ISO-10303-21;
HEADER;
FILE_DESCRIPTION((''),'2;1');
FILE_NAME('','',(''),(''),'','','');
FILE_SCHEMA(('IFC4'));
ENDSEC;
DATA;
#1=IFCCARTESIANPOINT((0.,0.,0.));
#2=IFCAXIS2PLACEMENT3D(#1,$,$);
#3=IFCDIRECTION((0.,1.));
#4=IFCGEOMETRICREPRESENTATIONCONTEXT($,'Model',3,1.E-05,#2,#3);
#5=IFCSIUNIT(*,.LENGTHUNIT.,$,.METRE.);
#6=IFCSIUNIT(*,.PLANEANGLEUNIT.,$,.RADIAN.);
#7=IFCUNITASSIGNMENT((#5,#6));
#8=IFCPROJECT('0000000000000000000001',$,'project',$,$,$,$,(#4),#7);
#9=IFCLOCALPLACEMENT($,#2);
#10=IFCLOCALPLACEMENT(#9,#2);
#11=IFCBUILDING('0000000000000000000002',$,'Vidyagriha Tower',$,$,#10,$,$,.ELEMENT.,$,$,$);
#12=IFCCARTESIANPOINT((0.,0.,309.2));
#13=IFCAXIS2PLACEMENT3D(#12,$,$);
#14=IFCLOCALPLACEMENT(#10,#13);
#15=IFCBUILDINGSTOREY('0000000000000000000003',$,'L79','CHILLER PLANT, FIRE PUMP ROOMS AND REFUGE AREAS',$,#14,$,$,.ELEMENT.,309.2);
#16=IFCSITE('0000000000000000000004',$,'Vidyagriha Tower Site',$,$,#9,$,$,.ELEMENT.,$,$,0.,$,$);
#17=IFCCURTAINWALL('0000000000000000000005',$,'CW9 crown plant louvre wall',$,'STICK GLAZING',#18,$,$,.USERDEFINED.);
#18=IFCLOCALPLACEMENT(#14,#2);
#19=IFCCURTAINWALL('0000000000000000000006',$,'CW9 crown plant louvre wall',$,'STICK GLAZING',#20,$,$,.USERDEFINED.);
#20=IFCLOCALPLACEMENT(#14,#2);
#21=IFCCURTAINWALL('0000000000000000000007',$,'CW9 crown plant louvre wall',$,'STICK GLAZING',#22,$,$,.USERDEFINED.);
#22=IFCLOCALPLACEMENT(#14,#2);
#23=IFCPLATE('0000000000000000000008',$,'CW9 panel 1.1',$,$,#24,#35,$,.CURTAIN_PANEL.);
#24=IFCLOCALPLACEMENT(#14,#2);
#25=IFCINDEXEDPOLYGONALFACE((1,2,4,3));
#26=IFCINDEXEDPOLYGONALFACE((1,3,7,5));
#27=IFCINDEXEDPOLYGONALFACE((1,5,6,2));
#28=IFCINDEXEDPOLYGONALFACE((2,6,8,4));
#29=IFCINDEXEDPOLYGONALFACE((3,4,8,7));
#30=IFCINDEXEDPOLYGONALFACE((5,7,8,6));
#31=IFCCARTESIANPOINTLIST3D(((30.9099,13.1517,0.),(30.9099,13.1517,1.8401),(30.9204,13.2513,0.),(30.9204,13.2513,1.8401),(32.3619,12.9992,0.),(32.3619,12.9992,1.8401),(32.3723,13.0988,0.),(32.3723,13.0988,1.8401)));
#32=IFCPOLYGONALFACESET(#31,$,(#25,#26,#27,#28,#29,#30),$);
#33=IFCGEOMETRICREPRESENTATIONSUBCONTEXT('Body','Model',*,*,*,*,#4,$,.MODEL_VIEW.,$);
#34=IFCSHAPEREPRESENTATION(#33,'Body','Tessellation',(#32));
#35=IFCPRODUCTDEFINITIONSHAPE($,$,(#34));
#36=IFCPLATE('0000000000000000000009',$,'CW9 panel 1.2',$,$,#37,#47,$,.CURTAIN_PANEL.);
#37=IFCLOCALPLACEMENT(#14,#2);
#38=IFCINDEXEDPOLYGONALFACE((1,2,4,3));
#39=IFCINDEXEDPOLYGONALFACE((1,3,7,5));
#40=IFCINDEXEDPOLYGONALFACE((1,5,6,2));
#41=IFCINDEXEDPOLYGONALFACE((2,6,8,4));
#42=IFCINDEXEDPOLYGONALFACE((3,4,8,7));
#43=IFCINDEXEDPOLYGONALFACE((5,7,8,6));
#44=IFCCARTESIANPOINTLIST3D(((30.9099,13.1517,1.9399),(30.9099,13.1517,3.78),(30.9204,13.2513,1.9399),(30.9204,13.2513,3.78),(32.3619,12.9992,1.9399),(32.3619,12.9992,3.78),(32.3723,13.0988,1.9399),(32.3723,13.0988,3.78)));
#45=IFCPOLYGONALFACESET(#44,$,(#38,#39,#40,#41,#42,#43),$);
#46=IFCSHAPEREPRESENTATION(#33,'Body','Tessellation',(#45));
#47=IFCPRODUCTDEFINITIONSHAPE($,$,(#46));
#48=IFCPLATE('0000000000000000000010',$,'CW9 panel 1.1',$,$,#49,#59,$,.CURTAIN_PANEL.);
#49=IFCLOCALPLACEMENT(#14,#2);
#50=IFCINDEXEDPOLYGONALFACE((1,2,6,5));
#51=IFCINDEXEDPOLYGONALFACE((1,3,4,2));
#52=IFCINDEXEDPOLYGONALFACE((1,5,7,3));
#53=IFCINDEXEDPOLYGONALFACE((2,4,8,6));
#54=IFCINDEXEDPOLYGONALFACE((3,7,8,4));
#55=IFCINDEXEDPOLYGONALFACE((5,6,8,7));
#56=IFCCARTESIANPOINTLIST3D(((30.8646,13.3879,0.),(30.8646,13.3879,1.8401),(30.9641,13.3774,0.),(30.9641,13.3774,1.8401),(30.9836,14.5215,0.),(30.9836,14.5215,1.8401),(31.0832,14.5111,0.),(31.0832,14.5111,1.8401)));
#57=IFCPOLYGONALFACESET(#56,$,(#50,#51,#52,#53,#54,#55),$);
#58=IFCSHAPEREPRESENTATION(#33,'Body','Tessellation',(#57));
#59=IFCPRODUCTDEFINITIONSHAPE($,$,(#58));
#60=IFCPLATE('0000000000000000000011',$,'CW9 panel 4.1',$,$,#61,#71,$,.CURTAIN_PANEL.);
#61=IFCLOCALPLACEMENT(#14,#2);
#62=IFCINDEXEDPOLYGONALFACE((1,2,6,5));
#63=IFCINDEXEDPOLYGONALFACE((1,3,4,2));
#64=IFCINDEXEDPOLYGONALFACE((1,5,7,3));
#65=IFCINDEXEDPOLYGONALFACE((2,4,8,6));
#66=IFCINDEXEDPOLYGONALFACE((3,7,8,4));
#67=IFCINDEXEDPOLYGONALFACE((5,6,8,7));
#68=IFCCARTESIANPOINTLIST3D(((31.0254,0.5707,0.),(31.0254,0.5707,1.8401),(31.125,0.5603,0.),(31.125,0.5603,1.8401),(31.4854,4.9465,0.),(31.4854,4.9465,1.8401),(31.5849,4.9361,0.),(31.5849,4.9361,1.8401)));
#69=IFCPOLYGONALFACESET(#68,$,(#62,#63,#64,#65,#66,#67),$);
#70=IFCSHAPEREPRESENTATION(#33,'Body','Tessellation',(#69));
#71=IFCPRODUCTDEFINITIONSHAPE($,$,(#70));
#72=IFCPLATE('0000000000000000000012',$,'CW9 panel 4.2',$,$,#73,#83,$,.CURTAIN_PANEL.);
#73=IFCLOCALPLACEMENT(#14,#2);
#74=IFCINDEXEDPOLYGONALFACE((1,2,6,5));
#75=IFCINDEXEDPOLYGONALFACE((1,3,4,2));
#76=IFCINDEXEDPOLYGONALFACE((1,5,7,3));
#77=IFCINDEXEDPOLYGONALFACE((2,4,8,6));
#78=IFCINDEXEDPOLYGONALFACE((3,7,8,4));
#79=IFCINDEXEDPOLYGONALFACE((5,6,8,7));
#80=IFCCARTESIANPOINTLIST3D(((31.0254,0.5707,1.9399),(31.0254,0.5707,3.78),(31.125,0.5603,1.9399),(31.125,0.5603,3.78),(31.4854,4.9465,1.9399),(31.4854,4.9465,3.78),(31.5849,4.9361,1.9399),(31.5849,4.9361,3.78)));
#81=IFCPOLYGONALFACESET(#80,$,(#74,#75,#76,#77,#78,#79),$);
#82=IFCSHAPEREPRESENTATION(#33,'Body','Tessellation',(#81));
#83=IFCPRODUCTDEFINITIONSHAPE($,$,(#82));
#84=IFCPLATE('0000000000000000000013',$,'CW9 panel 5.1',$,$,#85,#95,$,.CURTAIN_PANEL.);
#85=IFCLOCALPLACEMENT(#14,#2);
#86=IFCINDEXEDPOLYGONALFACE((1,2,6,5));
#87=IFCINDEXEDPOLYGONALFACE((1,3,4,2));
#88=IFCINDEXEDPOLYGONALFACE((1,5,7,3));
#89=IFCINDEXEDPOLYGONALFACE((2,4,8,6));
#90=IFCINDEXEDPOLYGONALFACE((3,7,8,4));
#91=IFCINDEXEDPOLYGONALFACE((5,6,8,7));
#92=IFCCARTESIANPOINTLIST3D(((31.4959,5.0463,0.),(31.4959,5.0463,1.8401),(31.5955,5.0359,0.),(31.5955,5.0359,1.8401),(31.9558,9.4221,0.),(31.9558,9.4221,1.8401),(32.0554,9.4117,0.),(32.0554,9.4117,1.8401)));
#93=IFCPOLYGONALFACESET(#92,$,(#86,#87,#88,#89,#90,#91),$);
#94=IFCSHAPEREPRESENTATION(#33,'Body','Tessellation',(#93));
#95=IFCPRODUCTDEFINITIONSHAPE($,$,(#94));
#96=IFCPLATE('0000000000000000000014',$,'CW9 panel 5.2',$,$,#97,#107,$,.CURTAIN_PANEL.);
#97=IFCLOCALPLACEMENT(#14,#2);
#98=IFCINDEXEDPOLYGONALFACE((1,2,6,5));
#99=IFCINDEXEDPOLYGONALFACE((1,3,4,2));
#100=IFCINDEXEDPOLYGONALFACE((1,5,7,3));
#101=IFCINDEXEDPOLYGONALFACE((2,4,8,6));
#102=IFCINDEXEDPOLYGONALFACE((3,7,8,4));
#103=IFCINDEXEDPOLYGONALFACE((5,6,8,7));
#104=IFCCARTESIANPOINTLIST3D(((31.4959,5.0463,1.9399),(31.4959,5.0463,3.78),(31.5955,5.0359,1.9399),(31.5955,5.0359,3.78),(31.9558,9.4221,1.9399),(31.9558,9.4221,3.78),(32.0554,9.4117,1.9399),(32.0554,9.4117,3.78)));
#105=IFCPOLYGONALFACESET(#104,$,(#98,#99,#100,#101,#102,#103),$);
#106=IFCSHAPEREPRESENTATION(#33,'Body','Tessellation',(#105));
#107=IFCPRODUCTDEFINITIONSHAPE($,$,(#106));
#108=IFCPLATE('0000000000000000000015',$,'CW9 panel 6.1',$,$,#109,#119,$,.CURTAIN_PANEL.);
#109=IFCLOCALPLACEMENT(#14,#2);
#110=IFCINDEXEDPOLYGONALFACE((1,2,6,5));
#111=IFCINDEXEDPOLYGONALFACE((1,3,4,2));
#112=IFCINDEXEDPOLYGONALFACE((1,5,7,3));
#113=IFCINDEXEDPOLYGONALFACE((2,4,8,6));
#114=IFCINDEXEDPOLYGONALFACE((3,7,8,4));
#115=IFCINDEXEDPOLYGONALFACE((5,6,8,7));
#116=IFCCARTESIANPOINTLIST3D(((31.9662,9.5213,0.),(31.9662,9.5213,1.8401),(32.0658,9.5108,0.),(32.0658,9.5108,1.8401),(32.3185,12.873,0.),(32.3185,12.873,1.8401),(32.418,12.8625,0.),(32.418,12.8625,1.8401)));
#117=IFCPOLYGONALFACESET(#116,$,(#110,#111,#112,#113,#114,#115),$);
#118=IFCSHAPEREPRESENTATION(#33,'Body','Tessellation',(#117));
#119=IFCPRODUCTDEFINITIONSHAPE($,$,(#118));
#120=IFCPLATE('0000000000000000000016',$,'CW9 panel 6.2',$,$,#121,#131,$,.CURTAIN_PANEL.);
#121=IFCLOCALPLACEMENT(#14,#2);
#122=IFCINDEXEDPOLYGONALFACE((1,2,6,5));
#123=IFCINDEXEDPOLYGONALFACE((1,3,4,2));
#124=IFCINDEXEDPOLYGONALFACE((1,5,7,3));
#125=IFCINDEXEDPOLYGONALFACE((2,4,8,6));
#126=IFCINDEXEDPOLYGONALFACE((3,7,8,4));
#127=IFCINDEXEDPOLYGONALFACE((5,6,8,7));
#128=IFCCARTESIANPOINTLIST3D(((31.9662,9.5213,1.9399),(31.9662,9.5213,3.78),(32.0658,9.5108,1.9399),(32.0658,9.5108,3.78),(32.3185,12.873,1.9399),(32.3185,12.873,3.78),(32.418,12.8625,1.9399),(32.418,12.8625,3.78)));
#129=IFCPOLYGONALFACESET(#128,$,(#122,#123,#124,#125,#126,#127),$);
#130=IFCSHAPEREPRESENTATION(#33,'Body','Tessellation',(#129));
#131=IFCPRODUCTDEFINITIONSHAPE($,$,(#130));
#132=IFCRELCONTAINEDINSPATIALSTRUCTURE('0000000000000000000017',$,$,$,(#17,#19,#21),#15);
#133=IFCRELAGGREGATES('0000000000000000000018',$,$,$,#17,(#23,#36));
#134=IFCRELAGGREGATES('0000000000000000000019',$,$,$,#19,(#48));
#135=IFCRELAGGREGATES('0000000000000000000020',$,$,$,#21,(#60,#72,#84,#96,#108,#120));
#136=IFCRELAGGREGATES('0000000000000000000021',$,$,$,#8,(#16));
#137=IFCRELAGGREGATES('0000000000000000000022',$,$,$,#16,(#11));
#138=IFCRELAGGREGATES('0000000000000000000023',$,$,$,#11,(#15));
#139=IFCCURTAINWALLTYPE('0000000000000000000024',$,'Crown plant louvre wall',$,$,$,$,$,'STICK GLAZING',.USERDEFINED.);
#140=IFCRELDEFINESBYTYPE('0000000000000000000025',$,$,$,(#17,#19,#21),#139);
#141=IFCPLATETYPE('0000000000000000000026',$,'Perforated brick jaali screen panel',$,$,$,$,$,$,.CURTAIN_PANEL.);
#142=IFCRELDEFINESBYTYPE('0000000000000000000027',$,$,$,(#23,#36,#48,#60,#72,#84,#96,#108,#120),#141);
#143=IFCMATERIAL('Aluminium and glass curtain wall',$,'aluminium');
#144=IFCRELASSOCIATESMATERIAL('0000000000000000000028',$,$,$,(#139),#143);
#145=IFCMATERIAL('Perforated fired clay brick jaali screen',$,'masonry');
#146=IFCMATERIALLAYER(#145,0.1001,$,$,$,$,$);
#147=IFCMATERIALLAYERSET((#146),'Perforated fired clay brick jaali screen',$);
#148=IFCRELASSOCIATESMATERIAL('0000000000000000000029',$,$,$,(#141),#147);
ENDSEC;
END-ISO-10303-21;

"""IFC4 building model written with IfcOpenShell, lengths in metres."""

from ifc_helpers import new_model, si_unit, direction, frame, origin, origin_2d, place, context, subcontext, project, spatial, rectangle, extrude, material, layer, layer_set, type_object, element, aggregate, save


model = new_model("IFC4")

# Units and contexts
model_context = context("Model", 3, precision=1e-05, world=origin(), true_north=direction((0.0, 1.0)))
body_context = subcontext(model_context, "Body", "Model", "MODEL_VIEW")
ifc_project = project(units=[si_unit("LENGTHUNIT", "METRE"), si_unit("PLANEANGLEUNIT", "RADIAN")], contexts=[model_context])

# Site, building, storey
site_placement = place(None, origin())
site = spatial("IfcSite", under=ifc_project, at=site_placement, Name="Vidyagriha Tower Site", CompositionType="ELEMENT", RefElevation=0.0)
building_placement = place(site_placement, origin())
building = spatial("IfcBuilding", under=site, at=building_placement, Name="Vidyagriha Tower", CompositionType="ELEMENT")
storey_placement = place(building_placement, frame((0.0, 0.0, 309.2)))
storey = spatial("IfcBuildingStorey", under=building, at=storey_placement, Name="L79", Description="CHILLER PLANT, FIRE PUMP ROOMS AND REFUGE AREAS", CompositionType="ELEMENT", Elevation=309.2)

# Curtain wall
ifc_material_1 = material(Name="Aluminium and glass curtain wall", Category="aluminium")
curtain_wall_type = type_object("IfcCurtainWallType", Name="Crown plant louvre wall", ElementType="STICK GLAZING", PredefinedType="USERDEFINED", material=ifc_material_1)
curtain_wall_1_placement = place(storey_placement, origin())
curtain_wall_1 = element("IfcCurtainWall", 1, at=curtain_wall_1_placement, inside=storey, type_object=curtain_wall_type, Name="CW9 crown plant louvre wall", ObjectType="STICK GLAZING", PredefinedType="USERDEFINED")

# Curtain wall
curtain_wall_2_placement = place(storey_placement, origin())
curtain_wall_2 = element("IfcCurtainWall", 2, at=curtain_wall_2_placement, inside=storey, type_object=curtain_wall_type, Name="CW9 crown plant louvre wall", ObjectType="STICK GLAZING", PredefinedType="USERDEFINED")

# Curtain wall
curtain_wall_3_placement = place(storey_placement, origin())
curtain_wall_3 = element("IfcCurtainWall", 3, at=curtain_wall_3_placement, inside=storey, type_object=curtain_wall_type, Name="CW9 crown plant louvre wall", ObjectType="STICK GLAZING", PredefinedType="USERDEFINED")

# Plates
ifc_material_2 = material(Name="Perforated fired clay brick jaali screen", Category="masonry")
ifc_layer = layer(ifc_material_2, 0.1001)
ifc_layer_set = layer_set([ifc_layer], Name="Perforated fired clay brick jaali screen")
plate_type = type_object("IfcPlateType", Name="Perforated brick jaali screen panel", PredefinedType="CURTAIN_PANEL", material=ifc_layer_set)
plate_1_placement = place(storey_placement, frame((31.6411, 13.1252, 0.0), z_axis=(0.0, 0.0, 1.0), x_axis=(-0.994529, 0.104465, 0.0)))
plate_1 = element("IfcPlate", 4, at=plate_1_placement, type_object=plate_type, Name="CW9 panel 1.1", PredefinedType="CURTAIN_PANEL", context=body_context, shape_type="SweptSolid", body=[
    extrude(rectangle(XDim=1.46, YDim=0.1001, at=origin_2d()), origin(), (0.0, 0.0, 1.0), 1.8401),
])
plate_2_placement = place(storey_placement, frame((31.6411, 13.1252, 1.9399), z_axis=(0.0, 0.0, 1.0), x_axis=(-0.994529, 0.104465, 0.0)))
plate_2 = element("IfcPlate", 5, at=plate_2_placement, type_object=plate_type, Name="CW9 panel 1.2", PredefinedType="CURTAIN_PANEL", context=body_context, shape_type="SweptSolid", body=[
    extrude(rectangle(XDim=1.46, YDim=0.1001, at=origin_2d()), origin(), (0.0, 0.0, 1.0), 1.8401),
])
aggregate(curtain_wall_1, [plate_1, plate_2])
plate_3_placement = place(storey_placement, frame((30.9739, 13.9495, 0.0), z_axis=(0.0, 0.0, 1.0), x_axis=(0.104475, 0.994528, 0.0)))
plate_3 = element("IfcPlate", 6, at=plate_3_placement, type_object=plate_type, Name="CW9 panel 1.1", PredefinedType="CURTAIN_PANEL", context=body_context, shape_type="SweptSolid", body=[
    extrude(rectangle(XDim=1.1399, YDim=0.1001, at=origin_2d()), origin(), (0.0, 0.0, 1.0), 1.8401),
])
aggregate(curtain_wall_2, [plate_3])
plate_4_placement = place(storey_placement, frame((31.3052, 2.7534, 0.0), z_axis=(0.0, 0.0, 1.0), x_axis=(0.104527, 0.994522, 0.0)))
plate_4 = element("IfcPlate", 7, at=plate_4_placement, type_object=plate_type, Name="CW9 panel 4.1", PredefinedType="CURTAIN_PANEL", context=body_context, shape_type="SweptSolid", body=[
    extrude(rectangle(XDim=4.3999, YDim=0.1001, at=origin_2d()), origin(), (0.0, 0.0, 1.0), 1.8401),
])
plate_5_placement = place(storey_placement, frame((31.3052, 2.7534, 1.9399), z_axis=(0.0, 0.0, 1.0), x_axis=(0.104527, 0.994522, 0.0)))
plate_5 = element("IfcPlate", 8, at=plate_5_placement, type_object=plate_type, Name="CW9 panel 4.2", PredefinedType="CURTAIN_PANEL", context=body_context, shape_type="SweptSolid", body=[
    extrude(rectangle(XDim=4.3999, YDim=0.1001, at=origin_2d()), origin(), (0.0, 0.0, 1.0), 1.8401),
])
plate_6_placement = place(storey_placement, frame((31.7756, 7.229, 0.0), z_axis=(0.0, 0.0, 1.0), x_axis=(0.104527, 0.994522, 0.0)))
plate_6 = element("IfcPlate", 9, at=plate_6_placement, type_object=plate_type, Name="CW9 panel 5.1", PredefinedType="CURTAIN_PANEL", context=body_context, shape_type="SweptSolid", body=[
    extrude(rectangle(XDim=4.3999, YDim=0.1001, at=origin_2d()), origin(), (0.0, 0.0, 1.0), 1.8401),
])
plate_7_placement = place(storey_placement, frame((31.7756, 7.229, 1.9399), z_axis=(0.0, 0.0, 1.0), x_axis=(0.104527, 0.994522, 0.0)))
plate_7 = element("IfcPlate", 10, at=plate_7_placement, type_object=plate_type, Name="CW9 panel 5.2", PredefinedType="CURTAIN_PANEL", context=body_context, shape_type="SweptSolid", body=[
    extrude(rectangle(XDim=4.3999, YDim=0.1001, at=origin_2d()), origin(), (0.0, 0.0, 1.0), 1.8401),
])
plate_8_placement = place(storey_placement, frame((32.1921, 11.1919, 0.0), z_axis=(0.0, 0.0, 1.0), x_axis=(0.104527, 0.994522, 0.0)))
plate_8 = element("IfcPlate", 11, at=plate_8_placement, type_object=plate_type, Name="CW9 panel 6.1", PredefinedType="CURTAIN_PANEL", context=body_context, shape_type="SweptSolid", body=[
    extrude(rectangle(XDim=3.3701, YDim=0.1001, at=origin_2d()), origin(), (0.0, 0.0, 1.0), 1.8401),
])
plate_9_placement = place(storey_placement, frame((32.1921, 11.1919, 1.9399), z_axis=(0.0, 0.0, 1.0), x_axis=(0.104527, 0.994522, 0.0)))
plate_9 = element("IfcPlate", 12, at=plate_9_placement, type_object=plate_type, Name="CW9 panel 6.2", PredefinedType="CURTAIN_PANEL", context=body_context, shape_type="SweptSolid", body=[
    extrude(rectangle(XDim=3.3701, YDim=0.1001, at=origin_2d()), origin(), (0.0, 0.0, 1.0), 1.8401),
])
aggregate(curtain_wall_3, [plate_4, plate_5, plate_6, plate_7, plate_8, plate_9])

save(model, "model.ifc")
